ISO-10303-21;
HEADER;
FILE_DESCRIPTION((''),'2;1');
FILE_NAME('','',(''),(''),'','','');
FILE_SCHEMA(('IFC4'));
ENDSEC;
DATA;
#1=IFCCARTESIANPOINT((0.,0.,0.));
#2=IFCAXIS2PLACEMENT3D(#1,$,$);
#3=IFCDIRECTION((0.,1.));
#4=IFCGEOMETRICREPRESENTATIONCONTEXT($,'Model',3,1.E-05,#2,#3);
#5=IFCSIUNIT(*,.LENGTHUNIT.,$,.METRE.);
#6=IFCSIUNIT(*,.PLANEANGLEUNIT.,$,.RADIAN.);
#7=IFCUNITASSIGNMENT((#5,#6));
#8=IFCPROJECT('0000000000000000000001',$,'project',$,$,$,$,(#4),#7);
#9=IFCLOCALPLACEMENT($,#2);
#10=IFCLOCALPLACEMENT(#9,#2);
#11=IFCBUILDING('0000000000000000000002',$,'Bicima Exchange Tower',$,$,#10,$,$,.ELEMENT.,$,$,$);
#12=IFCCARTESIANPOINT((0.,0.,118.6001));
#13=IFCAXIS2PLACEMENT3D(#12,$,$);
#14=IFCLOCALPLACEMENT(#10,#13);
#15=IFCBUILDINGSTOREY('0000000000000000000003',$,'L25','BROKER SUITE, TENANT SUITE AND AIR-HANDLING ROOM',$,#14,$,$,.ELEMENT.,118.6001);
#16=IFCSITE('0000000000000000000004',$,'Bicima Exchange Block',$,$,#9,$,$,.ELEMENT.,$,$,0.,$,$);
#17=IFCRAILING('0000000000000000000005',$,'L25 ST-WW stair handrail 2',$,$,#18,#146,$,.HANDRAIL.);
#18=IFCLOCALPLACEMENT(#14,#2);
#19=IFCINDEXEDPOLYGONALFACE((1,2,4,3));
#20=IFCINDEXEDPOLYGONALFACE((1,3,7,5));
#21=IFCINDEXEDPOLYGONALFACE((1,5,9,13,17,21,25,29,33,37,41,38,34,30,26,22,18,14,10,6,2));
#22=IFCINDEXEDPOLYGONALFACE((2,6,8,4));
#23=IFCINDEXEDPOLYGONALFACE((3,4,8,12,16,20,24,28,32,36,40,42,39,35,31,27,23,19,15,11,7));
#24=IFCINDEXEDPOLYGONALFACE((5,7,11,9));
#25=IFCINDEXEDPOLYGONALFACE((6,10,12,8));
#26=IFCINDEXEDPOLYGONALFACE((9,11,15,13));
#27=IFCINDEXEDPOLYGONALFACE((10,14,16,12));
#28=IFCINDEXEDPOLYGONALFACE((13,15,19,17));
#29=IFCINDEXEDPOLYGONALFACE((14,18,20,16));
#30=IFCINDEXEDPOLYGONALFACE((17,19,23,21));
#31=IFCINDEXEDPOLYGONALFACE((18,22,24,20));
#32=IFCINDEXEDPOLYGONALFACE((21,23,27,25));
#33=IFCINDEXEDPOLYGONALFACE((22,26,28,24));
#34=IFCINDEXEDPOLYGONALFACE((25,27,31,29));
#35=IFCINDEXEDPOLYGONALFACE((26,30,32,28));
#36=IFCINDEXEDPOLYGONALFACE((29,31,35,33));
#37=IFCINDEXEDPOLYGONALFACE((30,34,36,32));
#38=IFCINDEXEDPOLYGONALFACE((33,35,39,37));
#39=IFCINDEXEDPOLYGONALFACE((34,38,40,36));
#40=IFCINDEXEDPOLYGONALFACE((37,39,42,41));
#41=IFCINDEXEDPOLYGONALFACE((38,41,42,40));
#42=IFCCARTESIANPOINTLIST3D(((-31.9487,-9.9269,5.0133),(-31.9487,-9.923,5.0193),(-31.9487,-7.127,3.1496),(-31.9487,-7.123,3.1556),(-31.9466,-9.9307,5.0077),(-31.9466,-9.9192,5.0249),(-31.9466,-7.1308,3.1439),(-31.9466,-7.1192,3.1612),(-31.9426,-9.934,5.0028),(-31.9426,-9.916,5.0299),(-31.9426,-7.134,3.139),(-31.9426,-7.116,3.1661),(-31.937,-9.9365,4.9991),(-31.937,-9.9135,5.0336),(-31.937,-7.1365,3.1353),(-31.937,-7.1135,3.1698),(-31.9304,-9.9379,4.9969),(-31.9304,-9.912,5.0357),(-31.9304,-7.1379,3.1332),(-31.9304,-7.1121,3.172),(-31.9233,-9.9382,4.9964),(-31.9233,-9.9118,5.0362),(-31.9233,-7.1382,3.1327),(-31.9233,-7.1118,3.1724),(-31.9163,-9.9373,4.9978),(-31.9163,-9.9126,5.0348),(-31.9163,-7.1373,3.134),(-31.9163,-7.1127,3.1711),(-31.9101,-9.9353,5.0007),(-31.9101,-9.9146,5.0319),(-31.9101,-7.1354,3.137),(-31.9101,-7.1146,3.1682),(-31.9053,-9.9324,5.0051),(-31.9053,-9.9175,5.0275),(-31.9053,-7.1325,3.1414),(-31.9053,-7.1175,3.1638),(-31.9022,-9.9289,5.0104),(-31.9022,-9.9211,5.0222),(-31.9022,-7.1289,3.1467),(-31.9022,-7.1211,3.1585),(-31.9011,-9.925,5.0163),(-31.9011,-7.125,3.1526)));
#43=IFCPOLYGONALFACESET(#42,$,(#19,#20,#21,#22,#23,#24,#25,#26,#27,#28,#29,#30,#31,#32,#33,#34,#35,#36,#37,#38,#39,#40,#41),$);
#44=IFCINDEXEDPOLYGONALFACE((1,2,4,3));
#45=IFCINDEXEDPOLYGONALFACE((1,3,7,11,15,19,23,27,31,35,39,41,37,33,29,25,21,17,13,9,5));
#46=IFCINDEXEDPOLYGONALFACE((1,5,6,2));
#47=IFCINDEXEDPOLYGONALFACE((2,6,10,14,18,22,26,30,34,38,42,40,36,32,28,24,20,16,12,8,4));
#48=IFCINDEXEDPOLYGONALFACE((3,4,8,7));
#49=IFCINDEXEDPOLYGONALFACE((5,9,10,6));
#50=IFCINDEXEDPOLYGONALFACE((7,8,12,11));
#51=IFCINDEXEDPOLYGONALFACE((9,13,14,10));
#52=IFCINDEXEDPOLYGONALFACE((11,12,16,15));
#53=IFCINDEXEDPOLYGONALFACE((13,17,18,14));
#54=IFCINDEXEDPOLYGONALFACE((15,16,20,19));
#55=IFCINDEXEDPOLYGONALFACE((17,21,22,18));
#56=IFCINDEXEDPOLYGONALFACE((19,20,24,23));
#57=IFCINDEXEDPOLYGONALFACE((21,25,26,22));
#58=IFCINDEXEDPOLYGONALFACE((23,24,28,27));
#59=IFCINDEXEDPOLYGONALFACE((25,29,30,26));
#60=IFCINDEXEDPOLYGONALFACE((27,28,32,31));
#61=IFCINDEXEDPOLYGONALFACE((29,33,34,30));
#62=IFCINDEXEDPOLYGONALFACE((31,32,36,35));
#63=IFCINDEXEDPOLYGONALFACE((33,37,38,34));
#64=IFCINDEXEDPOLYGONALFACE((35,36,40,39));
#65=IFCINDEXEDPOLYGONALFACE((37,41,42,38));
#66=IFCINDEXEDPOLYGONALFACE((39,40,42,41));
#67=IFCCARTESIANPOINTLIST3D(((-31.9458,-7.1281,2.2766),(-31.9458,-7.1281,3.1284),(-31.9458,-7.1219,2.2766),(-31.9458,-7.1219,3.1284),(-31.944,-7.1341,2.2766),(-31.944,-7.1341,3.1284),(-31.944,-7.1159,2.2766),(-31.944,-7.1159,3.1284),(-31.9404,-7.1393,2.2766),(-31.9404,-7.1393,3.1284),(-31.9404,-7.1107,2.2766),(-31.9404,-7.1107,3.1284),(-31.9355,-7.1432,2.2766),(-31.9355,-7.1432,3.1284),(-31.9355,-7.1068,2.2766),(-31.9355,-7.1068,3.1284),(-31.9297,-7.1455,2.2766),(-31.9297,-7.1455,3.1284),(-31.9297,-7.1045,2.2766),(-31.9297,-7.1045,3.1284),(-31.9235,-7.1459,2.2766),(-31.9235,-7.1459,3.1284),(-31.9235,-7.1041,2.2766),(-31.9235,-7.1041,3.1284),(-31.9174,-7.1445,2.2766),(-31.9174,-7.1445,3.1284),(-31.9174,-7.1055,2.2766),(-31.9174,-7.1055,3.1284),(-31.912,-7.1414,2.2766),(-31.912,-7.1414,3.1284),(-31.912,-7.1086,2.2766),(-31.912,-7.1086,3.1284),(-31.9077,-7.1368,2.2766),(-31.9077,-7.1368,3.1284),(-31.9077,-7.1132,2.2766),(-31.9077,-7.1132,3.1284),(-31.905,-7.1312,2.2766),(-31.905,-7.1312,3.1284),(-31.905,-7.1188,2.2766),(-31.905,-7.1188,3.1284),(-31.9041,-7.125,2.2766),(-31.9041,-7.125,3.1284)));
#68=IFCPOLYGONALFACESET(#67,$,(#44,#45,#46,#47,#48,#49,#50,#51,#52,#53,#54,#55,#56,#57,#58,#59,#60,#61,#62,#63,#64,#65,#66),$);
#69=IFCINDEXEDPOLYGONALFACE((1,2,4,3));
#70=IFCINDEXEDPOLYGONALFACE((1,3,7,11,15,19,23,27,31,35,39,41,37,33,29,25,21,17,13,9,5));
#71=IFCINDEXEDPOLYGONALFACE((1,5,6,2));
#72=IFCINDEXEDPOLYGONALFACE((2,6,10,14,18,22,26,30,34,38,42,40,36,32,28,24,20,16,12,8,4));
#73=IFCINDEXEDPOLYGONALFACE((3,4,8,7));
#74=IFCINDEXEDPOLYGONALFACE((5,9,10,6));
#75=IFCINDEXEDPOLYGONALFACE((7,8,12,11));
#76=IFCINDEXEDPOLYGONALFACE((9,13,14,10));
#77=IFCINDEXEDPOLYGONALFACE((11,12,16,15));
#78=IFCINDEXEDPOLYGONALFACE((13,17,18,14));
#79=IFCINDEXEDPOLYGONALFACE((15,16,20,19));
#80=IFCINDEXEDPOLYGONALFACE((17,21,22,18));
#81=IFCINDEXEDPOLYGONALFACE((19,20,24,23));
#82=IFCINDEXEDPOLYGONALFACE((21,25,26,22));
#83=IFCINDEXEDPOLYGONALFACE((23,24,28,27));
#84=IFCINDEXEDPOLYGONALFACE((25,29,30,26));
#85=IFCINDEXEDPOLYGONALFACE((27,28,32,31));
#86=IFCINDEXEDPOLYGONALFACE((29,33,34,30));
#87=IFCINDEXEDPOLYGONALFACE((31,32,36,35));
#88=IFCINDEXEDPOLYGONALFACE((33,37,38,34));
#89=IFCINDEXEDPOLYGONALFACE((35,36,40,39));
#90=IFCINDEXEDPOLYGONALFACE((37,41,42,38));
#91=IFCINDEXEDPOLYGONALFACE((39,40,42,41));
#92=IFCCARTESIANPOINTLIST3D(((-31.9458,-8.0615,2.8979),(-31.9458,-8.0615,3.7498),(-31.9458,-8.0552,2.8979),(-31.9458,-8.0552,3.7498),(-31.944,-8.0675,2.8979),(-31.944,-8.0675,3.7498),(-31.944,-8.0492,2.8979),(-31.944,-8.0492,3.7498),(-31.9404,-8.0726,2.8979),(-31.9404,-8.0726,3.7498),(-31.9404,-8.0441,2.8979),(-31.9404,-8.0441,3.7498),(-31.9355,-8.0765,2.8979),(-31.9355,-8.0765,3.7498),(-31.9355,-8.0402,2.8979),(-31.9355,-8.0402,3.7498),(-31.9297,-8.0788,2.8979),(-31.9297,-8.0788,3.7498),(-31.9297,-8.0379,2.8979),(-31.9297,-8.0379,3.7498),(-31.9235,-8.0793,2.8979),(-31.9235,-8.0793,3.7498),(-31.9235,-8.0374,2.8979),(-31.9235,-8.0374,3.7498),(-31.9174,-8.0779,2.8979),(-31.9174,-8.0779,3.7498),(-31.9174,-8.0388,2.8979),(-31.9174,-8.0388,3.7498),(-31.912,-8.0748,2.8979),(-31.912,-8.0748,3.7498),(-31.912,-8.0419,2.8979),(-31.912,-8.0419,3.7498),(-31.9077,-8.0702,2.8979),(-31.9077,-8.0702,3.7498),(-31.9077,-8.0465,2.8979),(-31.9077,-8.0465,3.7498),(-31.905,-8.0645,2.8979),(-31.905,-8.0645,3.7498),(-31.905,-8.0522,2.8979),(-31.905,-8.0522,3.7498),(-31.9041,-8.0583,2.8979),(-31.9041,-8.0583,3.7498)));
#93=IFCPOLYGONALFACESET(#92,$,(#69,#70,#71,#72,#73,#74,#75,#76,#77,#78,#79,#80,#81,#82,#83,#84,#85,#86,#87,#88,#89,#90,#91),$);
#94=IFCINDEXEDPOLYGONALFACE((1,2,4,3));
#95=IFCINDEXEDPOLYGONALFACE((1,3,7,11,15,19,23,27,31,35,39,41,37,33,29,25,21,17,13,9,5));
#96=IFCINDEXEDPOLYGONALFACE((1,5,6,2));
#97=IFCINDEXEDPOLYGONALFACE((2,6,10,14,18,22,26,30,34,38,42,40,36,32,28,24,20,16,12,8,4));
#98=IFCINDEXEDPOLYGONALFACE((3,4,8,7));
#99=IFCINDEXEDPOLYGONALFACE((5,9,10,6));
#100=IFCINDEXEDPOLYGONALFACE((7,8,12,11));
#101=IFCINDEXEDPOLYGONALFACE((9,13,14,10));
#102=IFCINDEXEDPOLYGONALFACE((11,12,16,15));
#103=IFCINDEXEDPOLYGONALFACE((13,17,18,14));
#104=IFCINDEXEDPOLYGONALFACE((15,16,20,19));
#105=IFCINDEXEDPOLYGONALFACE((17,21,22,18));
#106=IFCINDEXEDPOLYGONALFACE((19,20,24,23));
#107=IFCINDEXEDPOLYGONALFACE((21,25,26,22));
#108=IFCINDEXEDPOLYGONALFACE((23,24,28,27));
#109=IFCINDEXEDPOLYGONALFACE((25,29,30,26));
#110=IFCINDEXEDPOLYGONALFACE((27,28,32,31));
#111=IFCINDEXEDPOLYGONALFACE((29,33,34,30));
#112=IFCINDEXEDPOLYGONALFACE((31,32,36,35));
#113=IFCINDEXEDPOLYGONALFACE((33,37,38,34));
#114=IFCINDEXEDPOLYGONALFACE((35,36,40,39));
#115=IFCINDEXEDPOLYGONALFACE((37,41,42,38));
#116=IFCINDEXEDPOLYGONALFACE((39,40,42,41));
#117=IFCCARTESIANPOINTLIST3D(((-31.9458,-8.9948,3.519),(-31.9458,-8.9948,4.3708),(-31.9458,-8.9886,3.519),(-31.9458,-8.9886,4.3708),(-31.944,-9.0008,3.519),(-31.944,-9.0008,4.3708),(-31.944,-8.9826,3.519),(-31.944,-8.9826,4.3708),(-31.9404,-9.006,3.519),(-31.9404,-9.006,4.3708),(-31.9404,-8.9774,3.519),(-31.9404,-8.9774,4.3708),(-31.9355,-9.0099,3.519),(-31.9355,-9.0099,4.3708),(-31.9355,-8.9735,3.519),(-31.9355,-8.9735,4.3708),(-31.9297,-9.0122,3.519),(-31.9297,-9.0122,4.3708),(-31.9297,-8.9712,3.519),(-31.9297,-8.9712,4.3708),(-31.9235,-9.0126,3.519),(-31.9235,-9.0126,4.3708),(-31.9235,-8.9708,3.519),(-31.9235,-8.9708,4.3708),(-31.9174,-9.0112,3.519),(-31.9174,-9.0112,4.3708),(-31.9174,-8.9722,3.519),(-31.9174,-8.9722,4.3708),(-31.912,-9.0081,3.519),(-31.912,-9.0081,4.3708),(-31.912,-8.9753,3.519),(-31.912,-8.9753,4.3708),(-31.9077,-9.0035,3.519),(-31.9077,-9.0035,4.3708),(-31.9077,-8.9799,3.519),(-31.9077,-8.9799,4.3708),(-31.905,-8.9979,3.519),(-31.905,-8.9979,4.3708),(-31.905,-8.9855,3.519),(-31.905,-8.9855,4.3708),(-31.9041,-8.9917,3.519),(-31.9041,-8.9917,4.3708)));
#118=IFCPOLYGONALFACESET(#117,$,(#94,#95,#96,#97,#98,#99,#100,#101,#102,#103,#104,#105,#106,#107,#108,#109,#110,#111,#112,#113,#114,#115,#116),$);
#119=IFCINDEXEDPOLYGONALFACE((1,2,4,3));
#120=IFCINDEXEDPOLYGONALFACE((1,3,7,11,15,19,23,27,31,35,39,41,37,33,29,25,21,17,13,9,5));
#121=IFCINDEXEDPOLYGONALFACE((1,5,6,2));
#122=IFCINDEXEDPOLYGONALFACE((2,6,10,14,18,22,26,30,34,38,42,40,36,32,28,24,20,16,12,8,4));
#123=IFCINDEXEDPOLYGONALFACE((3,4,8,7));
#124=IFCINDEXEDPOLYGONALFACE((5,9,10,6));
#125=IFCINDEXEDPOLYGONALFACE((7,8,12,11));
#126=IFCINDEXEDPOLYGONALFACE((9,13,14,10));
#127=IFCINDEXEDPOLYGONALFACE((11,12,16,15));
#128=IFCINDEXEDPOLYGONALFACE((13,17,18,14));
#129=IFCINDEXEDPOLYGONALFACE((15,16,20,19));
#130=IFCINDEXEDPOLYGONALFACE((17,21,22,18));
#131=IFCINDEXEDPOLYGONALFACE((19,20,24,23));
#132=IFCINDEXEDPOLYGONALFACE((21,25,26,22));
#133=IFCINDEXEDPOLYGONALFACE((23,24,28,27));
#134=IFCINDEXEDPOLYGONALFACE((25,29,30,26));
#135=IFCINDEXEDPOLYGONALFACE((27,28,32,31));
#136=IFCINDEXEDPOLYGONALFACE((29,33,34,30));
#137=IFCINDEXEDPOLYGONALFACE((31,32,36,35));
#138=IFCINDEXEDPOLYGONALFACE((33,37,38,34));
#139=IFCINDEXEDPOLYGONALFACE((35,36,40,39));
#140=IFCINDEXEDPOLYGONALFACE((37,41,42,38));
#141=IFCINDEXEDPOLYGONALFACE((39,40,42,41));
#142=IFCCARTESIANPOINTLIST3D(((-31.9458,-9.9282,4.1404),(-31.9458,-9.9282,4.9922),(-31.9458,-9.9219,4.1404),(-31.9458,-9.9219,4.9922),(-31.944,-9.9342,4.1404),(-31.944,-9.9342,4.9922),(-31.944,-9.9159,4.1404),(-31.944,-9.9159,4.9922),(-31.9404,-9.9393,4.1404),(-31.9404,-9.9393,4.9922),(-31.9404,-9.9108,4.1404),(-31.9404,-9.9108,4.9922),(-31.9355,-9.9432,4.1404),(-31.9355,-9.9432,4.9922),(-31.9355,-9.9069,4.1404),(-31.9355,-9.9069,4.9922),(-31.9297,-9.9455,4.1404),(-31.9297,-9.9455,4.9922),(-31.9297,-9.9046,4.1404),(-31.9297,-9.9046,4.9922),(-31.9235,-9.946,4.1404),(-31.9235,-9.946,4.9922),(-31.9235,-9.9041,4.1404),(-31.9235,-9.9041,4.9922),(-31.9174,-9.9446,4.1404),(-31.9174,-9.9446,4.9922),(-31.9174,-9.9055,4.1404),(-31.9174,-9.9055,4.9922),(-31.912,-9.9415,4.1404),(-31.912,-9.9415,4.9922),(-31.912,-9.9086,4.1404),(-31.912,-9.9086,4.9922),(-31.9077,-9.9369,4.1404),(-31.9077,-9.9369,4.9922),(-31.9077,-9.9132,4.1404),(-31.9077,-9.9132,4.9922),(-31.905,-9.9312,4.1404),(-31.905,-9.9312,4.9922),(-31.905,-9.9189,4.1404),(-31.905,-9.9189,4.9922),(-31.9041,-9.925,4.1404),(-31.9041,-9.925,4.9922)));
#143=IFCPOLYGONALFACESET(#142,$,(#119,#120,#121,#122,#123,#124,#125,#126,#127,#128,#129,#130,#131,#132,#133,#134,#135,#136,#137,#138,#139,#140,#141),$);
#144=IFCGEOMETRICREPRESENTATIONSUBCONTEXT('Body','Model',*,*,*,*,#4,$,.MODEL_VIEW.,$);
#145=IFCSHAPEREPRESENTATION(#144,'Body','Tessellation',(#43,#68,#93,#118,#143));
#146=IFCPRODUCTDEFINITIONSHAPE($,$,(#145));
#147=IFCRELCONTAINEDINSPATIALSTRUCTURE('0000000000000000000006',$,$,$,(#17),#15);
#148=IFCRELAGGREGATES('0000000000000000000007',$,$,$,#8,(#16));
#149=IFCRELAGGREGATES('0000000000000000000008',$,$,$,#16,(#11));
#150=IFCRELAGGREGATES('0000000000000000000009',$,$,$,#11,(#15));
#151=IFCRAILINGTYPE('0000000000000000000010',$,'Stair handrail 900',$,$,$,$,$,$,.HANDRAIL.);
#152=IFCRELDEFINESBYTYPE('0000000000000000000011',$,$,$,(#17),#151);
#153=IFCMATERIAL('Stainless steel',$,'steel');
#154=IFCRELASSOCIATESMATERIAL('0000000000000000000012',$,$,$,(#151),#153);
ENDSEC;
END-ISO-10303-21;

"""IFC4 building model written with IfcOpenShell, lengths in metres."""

from ifc_helpers import new_model, si_unit, direction, frame, origin, origin_2d, place, context, subcontext, project, spatial, circle, extrude, material, type_object, element, save


model = new_model("IFC4")

# Units and contexts
model_context = context("Model", 3, precision=1e-05, world=origin(), true_north=direction((0.0, 1.0)))
body_context = subcontext(model_context, "Body", "Model", "MODEL_VIEW")
ifc_project = project(units=[si_unit("LENGTHUNIT", "METRE"), si_unit("PLANEANGLEUNIT", "RADIAN")], contexts=[model_context])

# Site, building, storey
site_placement = place(None, origin())
site = spatial("IfcSite", under=ifc_project, at=site_placement, Name="Bicima Exchange Block", CompositionType="ELEMENT", RefElevation=0.0)
building_placement = place(site_placement, origin())
building = spatial("IfcBuilding", under=site, at=building_placement, Name="Bicima Exchange Tower", CompositionType="ELEMENT")
storey_placement = place(building_placement, frame((0.0, 0.0, 118.6001)))
storey = spatial("IfcBuildingStorey", under=building, at=storey_placement, Name="L25", Description="BROKER SUITE, TENANT SUITE AND AIR-HANDLING ROOM", CompositionType="ELEMENT", Elevation=118.6001)

# Railing
ifc_material_1 = material(Name="Stainless steel", Category="steel")
railing_type = type_object("IfcRailingType", Name="Stair handrail 900", PredefinedType="HANDRAIL", material=ifc_material_1)
railing_placement = place(storey_placement, frame((-31.925, -7.125, 2.2766)))
element("IfcRailing", 1, at=railing_placement, inside=storey, type_object=railing_type, Name="L25 ST-WW stair handrail 2", PredefinedType="HANDRAIL", context=body_context, shape_type="SweptSolid", body=[
    extrude(circle(Radius=0.0239, at=origin_2d()), frame((0.0, 0.0, 0.876), z_axis=(0.0, -0.832452, 0.554097), x_axis=(1.0, 0.0, 0.0)), (0.0, 0.0, 1.0), 3.3635),
    extrude(circle(Radius=0.021, at=origin_2d()), origin(), (0.0, 0.0, 1.0), 0.8518),
    extrude(circle(Radius=0.021, at=origin_2d()), frame((0.0, -0.9333, 0.6213)), (0.0, 0.0, 1.0), 0.8518),
    extrude(circle(Radius=0.021, at=origin_2d()), frame((0.0, -1.8667, 1.2424)), (0.0, 0.0, 1.0), 0.8518),
    extrude(circle(Radius=0.021, at=origin_2d()), frame((0.0, -2.8, 1.8638)), (0.0, 0.0, 1.0), 0.8518),
])

save(model, "model.ifc")
